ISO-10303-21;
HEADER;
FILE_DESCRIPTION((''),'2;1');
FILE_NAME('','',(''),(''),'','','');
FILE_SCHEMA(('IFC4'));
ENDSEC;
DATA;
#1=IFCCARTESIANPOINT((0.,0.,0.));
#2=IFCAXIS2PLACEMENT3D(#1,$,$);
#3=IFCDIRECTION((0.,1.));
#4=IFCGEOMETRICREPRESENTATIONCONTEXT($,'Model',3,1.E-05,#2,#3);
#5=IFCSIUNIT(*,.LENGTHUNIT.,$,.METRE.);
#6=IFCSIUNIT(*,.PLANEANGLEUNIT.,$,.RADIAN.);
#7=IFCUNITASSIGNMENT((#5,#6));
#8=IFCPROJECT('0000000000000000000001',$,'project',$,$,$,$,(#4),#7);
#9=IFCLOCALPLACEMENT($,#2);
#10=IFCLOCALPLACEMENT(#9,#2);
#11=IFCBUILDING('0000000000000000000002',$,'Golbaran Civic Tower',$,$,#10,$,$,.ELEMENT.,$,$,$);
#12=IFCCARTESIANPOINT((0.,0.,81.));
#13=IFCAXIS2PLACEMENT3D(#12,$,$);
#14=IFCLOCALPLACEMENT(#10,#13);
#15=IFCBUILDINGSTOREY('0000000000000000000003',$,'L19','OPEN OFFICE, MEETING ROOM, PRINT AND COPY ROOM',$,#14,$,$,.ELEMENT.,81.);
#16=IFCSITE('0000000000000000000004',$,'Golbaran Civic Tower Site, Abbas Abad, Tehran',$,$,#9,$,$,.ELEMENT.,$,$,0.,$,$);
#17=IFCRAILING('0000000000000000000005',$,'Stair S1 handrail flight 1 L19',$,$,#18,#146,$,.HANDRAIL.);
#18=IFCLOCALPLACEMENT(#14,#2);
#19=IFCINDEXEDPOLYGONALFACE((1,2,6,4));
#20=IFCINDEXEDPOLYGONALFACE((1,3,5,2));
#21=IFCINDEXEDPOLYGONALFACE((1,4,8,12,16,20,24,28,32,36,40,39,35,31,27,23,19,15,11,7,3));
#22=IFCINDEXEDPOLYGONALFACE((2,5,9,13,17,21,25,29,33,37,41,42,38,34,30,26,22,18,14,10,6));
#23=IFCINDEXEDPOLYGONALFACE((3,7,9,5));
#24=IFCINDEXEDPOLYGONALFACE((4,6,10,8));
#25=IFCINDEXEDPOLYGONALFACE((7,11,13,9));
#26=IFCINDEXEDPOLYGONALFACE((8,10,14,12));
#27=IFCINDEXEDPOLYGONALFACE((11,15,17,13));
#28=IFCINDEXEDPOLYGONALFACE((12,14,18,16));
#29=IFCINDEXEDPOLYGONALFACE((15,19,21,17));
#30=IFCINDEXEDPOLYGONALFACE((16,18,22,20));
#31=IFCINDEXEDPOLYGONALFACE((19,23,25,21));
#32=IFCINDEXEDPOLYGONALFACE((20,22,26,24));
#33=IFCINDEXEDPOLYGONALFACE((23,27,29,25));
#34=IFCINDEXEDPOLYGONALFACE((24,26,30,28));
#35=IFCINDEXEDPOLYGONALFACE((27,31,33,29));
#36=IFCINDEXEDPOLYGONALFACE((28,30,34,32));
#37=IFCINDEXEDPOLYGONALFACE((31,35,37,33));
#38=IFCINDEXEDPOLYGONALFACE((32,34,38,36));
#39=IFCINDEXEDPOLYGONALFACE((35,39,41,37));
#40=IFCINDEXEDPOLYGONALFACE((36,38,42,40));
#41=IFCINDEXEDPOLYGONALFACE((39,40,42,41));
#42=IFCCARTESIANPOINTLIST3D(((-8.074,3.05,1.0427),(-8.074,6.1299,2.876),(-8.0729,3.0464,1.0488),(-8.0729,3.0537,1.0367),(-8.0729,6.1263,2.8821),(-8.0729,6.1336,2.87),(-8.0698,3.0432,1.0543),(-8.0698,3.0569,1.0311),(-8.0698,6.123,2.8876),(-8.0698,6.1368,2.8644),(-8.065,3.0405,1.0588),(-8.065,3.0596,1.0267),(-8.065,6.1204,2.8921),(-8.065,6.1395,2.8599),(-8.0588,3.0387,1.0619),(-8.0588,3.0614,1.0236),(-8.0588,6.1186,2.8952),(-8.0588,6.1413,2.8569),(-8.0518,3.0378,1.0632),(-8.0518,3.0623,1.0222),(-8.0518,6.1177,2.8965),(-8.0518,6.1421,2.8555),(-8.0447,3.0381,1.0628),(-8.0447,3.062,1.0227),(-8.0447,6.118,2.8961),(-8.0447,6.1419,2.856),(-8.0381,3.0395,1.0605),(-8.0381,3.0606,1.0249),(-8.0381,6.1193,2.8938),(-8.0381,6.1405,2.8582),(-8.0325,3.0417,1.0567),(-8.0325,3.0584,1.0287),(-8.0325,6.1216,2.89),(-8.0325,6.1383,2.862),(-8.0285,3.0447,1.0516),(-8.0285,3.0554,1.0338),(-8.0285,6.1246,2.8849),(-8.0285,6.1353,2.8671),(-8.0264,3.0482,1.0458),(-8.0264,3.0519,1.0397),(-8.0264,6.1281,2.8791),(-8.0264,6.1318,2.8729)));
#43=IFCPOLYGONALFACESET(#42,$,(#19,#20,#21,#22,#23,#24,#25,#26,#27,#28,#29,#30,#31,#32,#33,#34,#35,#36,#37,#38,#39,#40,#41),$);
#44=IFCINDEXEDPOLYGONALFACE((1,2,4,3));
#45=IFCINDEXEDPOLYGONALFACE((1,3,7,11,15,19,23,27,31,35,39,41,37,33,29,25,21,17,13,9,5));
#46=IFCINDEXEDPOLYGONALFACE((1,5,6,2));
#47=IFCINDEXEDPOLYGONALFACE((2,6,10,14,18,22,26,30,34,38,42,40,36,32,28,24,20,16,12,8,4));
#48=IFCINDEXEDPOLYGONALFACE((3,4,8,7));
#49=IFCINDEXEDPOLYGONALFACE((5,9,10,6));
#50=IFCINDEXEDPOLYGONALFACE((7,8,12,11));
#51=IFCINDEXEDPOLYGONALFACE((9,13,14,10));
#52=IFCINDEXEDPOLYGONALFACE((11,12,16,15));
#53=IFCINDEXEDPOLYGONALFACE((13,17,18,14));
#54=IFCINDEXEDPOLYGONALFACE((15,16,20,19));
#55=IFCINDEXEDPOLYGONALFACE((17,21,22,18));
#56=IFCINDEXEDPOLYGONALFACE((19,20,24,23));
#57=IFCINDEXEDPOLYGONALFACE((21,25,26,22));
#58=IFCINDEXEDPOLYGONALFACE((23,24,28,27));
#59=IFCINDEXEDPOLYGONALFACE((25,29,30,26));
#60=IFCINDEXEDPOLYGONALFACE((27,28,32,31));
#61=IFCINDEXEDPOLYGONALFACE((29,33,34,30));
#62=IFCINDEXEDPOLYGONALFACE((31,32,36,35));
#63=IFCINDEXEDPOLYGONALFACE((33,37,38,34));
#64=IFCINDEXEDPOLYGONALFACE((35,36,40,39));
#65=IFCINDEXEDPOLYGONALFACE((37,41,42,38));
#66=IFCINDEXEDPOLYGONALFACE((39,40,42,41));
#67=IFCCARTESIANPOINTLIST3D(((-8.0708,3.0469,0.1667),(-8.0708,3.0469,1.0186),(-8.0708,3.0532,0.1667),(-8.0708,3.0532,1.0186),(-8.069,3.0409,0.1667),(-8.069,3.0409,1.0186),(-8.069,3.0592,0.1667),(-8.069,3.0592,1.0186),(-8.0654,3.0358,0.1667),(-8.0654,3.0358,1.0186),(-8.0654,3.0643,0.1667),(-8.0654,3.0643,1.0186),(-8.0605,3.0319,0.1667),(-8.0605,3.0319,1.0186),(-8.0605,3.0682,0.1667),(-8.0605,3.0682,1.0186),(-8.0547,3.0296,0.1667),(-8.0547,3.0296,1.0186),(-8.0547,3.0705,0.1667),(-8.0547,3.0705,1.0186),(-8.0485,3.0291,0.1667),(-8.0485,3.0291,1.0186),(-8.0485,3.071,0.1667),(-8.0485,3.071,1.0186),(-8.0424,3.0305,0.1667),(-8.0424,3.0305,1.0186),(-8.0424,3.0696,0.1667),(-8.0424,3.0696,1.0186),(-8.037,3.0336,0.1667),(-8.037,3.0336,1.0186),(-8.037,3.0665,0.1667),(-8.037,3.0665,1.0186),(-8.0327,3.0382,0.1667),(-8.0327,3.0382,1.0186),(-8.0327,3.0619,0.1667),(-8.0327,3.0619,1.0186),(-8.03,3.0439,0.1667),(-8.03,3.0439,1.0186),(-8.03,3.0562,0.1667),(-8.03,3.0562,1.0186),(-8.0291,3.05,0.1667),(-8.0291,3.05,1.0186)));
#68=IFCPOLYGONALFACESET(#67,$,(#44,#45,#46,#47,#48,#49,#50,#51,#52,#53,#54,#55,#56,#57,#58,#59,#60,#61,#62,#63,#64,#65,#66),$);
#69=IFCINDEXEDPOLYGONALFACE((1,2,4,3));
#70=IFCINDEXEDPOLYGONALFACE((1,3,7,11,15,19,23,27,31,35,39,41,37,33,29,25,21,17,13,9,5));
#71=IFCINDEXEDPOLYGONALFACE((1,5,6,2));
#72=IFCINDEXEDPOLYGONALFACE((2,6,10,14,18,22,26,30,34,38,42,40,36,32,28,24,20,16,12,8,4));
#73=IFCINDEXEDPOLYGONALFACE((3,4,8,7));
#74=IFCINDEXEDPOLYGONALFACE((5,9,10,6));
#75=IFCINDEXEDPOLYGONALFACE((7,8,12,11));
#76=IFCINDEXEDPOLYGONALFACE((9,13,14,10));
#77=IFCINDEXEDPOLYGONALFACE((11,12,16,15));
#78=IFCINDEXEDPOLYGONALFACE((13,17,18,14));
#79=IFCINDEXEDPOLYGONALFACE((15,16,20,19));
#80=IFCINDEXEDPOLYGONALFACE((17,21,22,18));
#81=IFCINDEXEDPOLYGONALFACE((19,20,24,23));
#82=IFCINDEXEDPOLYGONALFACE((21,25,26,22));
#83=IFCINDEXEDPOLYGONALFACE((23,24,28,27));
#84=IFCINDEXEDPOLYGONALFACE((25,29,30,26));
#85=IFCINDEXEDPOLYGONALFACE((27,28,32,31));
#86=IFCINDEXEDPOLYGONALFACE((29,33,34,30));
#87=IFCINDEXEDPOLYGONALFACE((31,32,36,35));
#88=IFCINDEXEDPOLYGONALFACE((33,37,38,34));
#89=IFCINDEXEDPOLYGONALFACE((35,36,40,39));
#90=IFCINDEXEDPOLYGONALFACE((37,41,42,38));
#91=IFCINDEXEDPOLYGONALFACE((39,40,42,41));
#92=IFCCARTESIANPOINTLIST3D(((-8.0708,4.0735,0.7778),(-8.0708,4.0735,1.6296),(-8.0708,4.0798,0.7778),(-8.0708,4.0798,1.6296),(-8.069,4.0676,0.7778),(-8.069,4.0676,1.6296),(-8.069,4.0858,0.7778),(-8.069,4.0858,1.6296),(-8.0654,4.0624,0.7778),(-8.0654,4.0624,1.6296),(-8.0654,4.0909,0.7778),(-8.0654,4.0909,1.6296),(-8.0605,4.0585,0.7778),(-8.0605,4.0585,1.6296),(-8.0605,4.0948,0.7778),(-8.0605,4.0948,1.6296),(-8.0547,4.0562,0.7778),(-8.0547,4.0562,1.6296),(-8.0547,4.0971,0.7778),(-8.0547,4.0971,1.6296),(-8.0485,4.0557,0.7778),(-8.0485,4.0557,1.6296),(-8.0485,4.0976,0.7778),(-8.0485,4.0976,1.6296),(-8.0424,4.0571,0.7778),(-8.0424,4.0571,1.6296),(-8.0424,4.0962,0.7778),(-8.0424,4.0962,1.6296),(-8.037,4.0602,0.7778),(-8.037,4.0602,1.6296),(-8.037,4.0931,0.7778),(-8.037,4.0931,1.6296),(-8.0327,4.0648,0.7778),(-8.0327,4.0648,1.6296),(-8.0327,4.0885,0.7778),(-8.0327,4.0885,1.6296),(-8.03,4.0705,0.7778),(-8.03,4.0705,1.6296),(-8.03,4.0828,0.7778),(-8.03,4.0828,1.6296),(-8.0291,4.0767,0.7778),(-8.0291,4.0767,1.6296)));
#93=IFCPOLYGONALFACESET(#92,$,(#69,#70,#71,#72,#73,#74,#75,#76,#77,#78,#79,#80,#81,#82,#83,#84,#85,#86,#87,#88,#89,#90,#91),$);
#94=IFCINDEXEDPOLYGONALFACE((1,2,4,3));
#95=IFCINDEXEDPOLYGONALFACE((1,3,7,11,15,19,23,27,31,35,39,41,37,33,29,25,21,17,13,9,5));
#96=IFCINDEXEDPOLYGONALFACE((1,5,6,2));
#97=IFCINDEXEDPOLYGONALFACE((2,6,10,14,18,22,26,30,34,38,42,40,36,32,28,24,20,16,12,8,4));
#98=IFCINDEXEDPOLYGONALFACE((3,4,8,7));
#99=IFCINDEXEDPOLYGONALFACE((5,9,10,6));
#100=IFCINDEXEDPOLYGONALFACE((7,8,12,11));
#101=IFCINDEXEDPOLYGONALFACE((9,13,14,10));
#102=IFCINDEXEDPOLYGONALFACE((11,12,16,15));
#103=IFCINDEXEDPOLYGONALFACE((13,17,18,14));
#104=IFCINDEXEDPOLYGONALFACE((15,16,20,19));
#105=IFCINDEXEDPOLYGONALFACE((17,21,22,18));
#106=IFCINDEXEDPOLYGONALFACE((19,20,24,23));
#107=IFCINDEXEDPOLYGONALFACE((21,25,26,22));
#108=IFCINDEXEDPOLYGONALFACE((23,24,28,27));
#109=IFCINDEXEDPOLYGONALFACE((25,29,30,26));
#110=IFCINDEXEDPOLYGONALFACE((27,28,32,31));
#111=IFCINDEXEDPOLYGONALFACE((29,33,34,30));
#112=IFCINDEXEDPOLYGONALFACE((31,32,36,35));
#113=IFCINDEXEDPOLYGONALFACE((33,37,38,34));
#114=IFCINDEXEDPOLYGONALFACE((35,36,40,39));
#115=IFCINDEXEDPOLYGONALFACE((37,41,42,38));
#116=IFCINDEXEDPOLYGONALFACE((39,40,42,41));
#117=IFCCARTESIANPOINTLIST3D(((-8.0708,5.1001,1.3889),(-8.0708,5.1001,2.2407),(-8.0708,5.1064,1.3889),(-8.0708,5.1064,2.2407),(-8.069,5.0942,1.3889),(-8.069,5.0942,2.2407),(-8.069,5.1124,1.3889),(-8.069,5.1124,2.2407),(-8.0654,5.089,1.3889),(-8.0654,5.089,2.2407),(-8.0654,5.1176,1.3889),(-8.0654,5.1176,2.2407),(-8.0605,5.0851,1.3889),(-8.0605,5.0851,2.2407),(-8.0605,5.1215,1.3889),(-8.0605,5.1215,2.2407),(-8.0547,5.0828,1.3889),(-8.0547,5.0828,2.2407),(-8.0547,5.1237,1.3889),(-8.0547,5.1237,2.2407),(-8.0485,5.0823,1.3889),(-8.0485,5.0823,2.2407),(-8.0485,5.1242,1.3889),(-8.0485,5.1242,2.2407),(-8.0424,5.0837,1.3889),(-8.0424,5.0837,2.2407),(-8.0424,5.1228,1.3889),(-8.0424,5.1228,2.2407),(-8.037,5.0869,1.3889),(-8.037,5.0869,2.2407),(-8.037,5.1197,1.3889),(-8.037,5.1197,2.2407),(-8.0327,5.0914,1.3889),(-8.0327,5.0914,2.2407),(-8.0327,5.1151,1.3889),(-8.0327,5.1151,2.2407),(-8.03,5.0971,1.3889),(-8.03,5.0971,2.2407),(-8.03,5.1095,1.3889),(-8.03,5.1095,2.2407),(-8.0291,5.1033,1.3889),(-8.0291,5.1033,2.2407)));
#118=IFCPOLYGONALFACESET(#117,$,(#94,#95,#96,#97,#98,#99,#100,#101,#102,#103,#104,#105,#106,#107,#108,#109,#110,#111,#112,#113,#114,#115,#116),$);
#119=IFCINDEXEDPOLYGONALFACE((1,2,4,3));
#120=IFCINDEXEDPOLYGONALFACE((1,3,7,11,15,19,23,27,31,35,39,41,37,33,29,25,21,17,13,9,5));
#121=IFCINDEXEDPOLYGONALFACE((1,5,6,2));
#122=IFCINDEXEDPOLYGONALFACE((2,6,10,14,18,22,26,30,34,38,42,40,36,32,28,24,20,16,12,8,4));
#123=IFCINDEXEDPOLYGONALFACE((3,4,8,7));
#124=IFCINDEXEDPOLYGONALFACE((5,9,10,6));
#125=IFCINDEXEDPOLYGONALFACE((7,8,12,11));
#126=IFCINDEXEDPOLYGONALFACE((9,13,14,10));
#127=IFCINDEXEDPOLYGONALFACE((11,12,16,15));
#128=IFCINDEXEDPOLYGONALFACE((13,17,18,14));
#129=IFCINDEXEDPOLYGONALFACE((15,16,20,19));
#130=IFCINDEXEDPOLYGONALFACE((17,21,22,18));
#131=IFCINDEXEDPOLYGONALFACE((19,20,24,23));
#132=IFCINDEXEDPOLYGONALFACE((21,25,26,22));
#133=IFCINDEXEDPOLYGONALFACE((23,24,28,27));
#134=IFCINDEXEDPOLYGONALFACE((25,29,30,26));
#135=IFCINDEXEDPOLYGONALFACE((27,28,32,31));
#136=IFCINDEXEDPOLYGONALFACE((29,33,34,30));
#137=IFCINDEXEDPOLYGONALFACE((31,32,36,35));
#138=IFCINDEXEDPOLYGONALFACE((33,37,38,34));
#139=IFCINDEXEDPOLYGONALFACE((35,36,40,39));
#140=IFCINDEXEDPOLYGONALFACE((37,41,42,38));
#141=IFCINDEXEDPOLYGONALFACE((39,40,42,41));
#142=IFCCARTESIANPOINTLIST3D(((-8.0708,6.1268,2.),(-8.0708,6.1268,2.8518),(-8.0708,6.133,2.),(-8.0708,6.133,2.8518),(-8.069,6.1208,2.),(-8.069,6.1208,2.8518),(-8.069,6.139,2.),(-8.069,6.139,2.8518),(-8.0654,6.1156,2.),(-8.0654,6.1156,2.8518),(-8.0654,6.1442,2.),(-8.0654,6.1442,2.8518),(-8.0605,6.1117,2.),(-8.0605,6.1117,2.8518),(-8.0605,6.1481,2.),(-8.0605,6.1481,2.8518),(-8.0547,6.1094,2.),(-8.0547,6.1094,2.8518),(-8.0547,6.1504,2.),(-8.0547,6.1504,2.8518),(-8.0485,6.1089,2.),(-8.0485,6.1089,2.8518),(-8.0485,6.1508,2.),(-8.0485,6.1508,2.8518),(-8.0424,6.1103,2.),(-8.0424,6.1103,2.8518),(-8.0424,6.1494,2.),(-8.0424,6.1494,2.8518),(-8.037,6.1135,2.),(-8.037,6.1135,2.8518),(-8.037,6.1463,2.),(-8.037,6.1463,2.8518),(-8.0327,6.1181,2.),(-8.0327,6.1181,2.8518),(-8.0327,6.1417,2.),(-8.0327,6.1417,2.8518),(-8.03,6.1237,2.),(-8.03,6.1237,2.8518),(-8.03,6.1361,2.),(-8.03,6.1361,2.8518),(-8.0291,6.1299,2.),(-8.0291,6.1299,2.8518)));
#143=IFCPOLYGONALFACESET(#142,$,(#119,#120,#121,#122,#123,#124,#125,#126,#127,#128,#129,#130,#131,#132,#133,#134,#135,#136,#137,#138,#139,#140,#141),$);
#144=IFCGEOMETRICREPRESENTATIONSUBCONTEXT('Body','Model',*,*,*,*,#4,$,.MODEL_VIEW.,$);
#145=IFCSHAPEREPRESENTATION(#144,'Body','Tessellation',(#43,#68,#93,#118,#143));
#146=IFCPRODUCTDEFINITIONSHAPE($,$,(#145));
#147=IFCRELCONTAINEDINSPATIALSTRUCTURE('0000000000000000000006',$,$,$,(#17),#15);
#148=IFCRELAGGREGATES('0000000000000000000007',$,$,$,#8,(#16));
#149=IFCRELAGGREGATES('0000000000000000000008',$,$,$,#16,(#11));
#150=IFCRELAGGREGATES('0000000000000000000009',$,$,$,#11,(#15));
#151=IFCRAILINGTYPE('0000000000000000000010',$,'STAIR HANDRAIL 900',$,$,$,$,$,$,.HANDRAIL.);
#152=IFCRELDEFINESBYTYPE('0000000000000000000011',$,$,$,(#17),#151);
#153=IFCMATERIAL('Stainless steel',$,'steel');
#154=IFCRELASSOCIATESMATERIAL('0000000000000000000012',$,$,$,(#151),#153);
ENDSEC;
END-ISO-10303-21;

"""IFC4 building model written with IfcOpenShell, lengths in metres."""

from ifc_helpers import new_model, si_unit, direction, frame, origin, origin_2d, place, context, subcontext, project, spatial, circle, extrude, material, type_object, element, save


model = new_model("IFC4")

# Units and contexts
model_context = context("Model", 3, precision=1e-05, world=origin(), true_north=direction((0.0, 1.0)))
body_context = subcontext(model_context, "Body", "Model", "MODEL_VIEW")
ifc_project = project(units=[si_unit("LENGTHUNIT", "METRE"), si_unit("PLANEANGLEUNIT", "RADIAN")], contexts=[model_context])

# Site, building, storey
site_placement = place(None, origin())
site = spatial("IfcSite", under=ifc_project, at=site_placement, Name="Golbaran Civic Tower Site, Abbas Abad, Tehran", CompositionType="ELEMENT", RefElevation=0.0)
building_placement = place(site_placement, origin())
building = spatial("IfcBuilding", under=site, at=building_placement, Name="Golbaran Civic Tower", CompositionType="ELEMENT")
storey_placement = place(building_placement, frame((0.0, 0.0, 81.0)))
storey = spatial("IfcBuildingStorey", under=building, at=storey_placement, Name="L19", Description="OPEN OFFICE, MEETING ROOM, PRINT AND COPY ROOM", CompositionType="ELEMENT", Elevation=81.0)

# Railing
ifc_material_1 = material(Name="Stainless steel", Category="steel")
railing_type = type_object("IfcRailingType", Name="STAIR HANDRAIL 900", PredefinedType="HANDRAIL", material=ifc_material_1)
railing_1_placement = place(storey_placement, frame((-8.05, 3.05, 0.1667)))
element("IfcRailing", 1, at=railing_1_placement, inside=storey, type_object=railing_type, Name="Stair S1 handrail flight 1 L19", PredefinedType="HANDRAIL", context=body_context, shape_type="SweptSolid", body=[
    extrude(circle(Radius=0.0239, at=origin_2d()), frame((0.0, 0.0, 0.876), z_axis=(0.0, 0.859291, 0.511487), x_axis=(-1.0, 0.0, 0.0)), (0.0, 0.0, 1.0), 3.5842),
    extrude(circle(Radius=0.021, at=origin_2d()), origin(), (0.0, 0.0, 1.0), 0.8518),
    extrude(circle(Radius=0.021, at=origin_2d()), frame((0.0, 1.0266, 0.6111)), (0.0, 0.0, 1.0), 0.8518),
    extrude(circle(Radius=0.021, at=origin_2d()), frame((0.0, 2.0532, 1.2222)), (0.0, 0.0, 1.0), 0.8518),
    extrude(circle(Radius=0.021, at=origin_2d()), frame((0.0, 3.0798, 1.8333)), (0.0, 0.0, 1.0), 0.8518),
])

save(model, "model.ifc")
